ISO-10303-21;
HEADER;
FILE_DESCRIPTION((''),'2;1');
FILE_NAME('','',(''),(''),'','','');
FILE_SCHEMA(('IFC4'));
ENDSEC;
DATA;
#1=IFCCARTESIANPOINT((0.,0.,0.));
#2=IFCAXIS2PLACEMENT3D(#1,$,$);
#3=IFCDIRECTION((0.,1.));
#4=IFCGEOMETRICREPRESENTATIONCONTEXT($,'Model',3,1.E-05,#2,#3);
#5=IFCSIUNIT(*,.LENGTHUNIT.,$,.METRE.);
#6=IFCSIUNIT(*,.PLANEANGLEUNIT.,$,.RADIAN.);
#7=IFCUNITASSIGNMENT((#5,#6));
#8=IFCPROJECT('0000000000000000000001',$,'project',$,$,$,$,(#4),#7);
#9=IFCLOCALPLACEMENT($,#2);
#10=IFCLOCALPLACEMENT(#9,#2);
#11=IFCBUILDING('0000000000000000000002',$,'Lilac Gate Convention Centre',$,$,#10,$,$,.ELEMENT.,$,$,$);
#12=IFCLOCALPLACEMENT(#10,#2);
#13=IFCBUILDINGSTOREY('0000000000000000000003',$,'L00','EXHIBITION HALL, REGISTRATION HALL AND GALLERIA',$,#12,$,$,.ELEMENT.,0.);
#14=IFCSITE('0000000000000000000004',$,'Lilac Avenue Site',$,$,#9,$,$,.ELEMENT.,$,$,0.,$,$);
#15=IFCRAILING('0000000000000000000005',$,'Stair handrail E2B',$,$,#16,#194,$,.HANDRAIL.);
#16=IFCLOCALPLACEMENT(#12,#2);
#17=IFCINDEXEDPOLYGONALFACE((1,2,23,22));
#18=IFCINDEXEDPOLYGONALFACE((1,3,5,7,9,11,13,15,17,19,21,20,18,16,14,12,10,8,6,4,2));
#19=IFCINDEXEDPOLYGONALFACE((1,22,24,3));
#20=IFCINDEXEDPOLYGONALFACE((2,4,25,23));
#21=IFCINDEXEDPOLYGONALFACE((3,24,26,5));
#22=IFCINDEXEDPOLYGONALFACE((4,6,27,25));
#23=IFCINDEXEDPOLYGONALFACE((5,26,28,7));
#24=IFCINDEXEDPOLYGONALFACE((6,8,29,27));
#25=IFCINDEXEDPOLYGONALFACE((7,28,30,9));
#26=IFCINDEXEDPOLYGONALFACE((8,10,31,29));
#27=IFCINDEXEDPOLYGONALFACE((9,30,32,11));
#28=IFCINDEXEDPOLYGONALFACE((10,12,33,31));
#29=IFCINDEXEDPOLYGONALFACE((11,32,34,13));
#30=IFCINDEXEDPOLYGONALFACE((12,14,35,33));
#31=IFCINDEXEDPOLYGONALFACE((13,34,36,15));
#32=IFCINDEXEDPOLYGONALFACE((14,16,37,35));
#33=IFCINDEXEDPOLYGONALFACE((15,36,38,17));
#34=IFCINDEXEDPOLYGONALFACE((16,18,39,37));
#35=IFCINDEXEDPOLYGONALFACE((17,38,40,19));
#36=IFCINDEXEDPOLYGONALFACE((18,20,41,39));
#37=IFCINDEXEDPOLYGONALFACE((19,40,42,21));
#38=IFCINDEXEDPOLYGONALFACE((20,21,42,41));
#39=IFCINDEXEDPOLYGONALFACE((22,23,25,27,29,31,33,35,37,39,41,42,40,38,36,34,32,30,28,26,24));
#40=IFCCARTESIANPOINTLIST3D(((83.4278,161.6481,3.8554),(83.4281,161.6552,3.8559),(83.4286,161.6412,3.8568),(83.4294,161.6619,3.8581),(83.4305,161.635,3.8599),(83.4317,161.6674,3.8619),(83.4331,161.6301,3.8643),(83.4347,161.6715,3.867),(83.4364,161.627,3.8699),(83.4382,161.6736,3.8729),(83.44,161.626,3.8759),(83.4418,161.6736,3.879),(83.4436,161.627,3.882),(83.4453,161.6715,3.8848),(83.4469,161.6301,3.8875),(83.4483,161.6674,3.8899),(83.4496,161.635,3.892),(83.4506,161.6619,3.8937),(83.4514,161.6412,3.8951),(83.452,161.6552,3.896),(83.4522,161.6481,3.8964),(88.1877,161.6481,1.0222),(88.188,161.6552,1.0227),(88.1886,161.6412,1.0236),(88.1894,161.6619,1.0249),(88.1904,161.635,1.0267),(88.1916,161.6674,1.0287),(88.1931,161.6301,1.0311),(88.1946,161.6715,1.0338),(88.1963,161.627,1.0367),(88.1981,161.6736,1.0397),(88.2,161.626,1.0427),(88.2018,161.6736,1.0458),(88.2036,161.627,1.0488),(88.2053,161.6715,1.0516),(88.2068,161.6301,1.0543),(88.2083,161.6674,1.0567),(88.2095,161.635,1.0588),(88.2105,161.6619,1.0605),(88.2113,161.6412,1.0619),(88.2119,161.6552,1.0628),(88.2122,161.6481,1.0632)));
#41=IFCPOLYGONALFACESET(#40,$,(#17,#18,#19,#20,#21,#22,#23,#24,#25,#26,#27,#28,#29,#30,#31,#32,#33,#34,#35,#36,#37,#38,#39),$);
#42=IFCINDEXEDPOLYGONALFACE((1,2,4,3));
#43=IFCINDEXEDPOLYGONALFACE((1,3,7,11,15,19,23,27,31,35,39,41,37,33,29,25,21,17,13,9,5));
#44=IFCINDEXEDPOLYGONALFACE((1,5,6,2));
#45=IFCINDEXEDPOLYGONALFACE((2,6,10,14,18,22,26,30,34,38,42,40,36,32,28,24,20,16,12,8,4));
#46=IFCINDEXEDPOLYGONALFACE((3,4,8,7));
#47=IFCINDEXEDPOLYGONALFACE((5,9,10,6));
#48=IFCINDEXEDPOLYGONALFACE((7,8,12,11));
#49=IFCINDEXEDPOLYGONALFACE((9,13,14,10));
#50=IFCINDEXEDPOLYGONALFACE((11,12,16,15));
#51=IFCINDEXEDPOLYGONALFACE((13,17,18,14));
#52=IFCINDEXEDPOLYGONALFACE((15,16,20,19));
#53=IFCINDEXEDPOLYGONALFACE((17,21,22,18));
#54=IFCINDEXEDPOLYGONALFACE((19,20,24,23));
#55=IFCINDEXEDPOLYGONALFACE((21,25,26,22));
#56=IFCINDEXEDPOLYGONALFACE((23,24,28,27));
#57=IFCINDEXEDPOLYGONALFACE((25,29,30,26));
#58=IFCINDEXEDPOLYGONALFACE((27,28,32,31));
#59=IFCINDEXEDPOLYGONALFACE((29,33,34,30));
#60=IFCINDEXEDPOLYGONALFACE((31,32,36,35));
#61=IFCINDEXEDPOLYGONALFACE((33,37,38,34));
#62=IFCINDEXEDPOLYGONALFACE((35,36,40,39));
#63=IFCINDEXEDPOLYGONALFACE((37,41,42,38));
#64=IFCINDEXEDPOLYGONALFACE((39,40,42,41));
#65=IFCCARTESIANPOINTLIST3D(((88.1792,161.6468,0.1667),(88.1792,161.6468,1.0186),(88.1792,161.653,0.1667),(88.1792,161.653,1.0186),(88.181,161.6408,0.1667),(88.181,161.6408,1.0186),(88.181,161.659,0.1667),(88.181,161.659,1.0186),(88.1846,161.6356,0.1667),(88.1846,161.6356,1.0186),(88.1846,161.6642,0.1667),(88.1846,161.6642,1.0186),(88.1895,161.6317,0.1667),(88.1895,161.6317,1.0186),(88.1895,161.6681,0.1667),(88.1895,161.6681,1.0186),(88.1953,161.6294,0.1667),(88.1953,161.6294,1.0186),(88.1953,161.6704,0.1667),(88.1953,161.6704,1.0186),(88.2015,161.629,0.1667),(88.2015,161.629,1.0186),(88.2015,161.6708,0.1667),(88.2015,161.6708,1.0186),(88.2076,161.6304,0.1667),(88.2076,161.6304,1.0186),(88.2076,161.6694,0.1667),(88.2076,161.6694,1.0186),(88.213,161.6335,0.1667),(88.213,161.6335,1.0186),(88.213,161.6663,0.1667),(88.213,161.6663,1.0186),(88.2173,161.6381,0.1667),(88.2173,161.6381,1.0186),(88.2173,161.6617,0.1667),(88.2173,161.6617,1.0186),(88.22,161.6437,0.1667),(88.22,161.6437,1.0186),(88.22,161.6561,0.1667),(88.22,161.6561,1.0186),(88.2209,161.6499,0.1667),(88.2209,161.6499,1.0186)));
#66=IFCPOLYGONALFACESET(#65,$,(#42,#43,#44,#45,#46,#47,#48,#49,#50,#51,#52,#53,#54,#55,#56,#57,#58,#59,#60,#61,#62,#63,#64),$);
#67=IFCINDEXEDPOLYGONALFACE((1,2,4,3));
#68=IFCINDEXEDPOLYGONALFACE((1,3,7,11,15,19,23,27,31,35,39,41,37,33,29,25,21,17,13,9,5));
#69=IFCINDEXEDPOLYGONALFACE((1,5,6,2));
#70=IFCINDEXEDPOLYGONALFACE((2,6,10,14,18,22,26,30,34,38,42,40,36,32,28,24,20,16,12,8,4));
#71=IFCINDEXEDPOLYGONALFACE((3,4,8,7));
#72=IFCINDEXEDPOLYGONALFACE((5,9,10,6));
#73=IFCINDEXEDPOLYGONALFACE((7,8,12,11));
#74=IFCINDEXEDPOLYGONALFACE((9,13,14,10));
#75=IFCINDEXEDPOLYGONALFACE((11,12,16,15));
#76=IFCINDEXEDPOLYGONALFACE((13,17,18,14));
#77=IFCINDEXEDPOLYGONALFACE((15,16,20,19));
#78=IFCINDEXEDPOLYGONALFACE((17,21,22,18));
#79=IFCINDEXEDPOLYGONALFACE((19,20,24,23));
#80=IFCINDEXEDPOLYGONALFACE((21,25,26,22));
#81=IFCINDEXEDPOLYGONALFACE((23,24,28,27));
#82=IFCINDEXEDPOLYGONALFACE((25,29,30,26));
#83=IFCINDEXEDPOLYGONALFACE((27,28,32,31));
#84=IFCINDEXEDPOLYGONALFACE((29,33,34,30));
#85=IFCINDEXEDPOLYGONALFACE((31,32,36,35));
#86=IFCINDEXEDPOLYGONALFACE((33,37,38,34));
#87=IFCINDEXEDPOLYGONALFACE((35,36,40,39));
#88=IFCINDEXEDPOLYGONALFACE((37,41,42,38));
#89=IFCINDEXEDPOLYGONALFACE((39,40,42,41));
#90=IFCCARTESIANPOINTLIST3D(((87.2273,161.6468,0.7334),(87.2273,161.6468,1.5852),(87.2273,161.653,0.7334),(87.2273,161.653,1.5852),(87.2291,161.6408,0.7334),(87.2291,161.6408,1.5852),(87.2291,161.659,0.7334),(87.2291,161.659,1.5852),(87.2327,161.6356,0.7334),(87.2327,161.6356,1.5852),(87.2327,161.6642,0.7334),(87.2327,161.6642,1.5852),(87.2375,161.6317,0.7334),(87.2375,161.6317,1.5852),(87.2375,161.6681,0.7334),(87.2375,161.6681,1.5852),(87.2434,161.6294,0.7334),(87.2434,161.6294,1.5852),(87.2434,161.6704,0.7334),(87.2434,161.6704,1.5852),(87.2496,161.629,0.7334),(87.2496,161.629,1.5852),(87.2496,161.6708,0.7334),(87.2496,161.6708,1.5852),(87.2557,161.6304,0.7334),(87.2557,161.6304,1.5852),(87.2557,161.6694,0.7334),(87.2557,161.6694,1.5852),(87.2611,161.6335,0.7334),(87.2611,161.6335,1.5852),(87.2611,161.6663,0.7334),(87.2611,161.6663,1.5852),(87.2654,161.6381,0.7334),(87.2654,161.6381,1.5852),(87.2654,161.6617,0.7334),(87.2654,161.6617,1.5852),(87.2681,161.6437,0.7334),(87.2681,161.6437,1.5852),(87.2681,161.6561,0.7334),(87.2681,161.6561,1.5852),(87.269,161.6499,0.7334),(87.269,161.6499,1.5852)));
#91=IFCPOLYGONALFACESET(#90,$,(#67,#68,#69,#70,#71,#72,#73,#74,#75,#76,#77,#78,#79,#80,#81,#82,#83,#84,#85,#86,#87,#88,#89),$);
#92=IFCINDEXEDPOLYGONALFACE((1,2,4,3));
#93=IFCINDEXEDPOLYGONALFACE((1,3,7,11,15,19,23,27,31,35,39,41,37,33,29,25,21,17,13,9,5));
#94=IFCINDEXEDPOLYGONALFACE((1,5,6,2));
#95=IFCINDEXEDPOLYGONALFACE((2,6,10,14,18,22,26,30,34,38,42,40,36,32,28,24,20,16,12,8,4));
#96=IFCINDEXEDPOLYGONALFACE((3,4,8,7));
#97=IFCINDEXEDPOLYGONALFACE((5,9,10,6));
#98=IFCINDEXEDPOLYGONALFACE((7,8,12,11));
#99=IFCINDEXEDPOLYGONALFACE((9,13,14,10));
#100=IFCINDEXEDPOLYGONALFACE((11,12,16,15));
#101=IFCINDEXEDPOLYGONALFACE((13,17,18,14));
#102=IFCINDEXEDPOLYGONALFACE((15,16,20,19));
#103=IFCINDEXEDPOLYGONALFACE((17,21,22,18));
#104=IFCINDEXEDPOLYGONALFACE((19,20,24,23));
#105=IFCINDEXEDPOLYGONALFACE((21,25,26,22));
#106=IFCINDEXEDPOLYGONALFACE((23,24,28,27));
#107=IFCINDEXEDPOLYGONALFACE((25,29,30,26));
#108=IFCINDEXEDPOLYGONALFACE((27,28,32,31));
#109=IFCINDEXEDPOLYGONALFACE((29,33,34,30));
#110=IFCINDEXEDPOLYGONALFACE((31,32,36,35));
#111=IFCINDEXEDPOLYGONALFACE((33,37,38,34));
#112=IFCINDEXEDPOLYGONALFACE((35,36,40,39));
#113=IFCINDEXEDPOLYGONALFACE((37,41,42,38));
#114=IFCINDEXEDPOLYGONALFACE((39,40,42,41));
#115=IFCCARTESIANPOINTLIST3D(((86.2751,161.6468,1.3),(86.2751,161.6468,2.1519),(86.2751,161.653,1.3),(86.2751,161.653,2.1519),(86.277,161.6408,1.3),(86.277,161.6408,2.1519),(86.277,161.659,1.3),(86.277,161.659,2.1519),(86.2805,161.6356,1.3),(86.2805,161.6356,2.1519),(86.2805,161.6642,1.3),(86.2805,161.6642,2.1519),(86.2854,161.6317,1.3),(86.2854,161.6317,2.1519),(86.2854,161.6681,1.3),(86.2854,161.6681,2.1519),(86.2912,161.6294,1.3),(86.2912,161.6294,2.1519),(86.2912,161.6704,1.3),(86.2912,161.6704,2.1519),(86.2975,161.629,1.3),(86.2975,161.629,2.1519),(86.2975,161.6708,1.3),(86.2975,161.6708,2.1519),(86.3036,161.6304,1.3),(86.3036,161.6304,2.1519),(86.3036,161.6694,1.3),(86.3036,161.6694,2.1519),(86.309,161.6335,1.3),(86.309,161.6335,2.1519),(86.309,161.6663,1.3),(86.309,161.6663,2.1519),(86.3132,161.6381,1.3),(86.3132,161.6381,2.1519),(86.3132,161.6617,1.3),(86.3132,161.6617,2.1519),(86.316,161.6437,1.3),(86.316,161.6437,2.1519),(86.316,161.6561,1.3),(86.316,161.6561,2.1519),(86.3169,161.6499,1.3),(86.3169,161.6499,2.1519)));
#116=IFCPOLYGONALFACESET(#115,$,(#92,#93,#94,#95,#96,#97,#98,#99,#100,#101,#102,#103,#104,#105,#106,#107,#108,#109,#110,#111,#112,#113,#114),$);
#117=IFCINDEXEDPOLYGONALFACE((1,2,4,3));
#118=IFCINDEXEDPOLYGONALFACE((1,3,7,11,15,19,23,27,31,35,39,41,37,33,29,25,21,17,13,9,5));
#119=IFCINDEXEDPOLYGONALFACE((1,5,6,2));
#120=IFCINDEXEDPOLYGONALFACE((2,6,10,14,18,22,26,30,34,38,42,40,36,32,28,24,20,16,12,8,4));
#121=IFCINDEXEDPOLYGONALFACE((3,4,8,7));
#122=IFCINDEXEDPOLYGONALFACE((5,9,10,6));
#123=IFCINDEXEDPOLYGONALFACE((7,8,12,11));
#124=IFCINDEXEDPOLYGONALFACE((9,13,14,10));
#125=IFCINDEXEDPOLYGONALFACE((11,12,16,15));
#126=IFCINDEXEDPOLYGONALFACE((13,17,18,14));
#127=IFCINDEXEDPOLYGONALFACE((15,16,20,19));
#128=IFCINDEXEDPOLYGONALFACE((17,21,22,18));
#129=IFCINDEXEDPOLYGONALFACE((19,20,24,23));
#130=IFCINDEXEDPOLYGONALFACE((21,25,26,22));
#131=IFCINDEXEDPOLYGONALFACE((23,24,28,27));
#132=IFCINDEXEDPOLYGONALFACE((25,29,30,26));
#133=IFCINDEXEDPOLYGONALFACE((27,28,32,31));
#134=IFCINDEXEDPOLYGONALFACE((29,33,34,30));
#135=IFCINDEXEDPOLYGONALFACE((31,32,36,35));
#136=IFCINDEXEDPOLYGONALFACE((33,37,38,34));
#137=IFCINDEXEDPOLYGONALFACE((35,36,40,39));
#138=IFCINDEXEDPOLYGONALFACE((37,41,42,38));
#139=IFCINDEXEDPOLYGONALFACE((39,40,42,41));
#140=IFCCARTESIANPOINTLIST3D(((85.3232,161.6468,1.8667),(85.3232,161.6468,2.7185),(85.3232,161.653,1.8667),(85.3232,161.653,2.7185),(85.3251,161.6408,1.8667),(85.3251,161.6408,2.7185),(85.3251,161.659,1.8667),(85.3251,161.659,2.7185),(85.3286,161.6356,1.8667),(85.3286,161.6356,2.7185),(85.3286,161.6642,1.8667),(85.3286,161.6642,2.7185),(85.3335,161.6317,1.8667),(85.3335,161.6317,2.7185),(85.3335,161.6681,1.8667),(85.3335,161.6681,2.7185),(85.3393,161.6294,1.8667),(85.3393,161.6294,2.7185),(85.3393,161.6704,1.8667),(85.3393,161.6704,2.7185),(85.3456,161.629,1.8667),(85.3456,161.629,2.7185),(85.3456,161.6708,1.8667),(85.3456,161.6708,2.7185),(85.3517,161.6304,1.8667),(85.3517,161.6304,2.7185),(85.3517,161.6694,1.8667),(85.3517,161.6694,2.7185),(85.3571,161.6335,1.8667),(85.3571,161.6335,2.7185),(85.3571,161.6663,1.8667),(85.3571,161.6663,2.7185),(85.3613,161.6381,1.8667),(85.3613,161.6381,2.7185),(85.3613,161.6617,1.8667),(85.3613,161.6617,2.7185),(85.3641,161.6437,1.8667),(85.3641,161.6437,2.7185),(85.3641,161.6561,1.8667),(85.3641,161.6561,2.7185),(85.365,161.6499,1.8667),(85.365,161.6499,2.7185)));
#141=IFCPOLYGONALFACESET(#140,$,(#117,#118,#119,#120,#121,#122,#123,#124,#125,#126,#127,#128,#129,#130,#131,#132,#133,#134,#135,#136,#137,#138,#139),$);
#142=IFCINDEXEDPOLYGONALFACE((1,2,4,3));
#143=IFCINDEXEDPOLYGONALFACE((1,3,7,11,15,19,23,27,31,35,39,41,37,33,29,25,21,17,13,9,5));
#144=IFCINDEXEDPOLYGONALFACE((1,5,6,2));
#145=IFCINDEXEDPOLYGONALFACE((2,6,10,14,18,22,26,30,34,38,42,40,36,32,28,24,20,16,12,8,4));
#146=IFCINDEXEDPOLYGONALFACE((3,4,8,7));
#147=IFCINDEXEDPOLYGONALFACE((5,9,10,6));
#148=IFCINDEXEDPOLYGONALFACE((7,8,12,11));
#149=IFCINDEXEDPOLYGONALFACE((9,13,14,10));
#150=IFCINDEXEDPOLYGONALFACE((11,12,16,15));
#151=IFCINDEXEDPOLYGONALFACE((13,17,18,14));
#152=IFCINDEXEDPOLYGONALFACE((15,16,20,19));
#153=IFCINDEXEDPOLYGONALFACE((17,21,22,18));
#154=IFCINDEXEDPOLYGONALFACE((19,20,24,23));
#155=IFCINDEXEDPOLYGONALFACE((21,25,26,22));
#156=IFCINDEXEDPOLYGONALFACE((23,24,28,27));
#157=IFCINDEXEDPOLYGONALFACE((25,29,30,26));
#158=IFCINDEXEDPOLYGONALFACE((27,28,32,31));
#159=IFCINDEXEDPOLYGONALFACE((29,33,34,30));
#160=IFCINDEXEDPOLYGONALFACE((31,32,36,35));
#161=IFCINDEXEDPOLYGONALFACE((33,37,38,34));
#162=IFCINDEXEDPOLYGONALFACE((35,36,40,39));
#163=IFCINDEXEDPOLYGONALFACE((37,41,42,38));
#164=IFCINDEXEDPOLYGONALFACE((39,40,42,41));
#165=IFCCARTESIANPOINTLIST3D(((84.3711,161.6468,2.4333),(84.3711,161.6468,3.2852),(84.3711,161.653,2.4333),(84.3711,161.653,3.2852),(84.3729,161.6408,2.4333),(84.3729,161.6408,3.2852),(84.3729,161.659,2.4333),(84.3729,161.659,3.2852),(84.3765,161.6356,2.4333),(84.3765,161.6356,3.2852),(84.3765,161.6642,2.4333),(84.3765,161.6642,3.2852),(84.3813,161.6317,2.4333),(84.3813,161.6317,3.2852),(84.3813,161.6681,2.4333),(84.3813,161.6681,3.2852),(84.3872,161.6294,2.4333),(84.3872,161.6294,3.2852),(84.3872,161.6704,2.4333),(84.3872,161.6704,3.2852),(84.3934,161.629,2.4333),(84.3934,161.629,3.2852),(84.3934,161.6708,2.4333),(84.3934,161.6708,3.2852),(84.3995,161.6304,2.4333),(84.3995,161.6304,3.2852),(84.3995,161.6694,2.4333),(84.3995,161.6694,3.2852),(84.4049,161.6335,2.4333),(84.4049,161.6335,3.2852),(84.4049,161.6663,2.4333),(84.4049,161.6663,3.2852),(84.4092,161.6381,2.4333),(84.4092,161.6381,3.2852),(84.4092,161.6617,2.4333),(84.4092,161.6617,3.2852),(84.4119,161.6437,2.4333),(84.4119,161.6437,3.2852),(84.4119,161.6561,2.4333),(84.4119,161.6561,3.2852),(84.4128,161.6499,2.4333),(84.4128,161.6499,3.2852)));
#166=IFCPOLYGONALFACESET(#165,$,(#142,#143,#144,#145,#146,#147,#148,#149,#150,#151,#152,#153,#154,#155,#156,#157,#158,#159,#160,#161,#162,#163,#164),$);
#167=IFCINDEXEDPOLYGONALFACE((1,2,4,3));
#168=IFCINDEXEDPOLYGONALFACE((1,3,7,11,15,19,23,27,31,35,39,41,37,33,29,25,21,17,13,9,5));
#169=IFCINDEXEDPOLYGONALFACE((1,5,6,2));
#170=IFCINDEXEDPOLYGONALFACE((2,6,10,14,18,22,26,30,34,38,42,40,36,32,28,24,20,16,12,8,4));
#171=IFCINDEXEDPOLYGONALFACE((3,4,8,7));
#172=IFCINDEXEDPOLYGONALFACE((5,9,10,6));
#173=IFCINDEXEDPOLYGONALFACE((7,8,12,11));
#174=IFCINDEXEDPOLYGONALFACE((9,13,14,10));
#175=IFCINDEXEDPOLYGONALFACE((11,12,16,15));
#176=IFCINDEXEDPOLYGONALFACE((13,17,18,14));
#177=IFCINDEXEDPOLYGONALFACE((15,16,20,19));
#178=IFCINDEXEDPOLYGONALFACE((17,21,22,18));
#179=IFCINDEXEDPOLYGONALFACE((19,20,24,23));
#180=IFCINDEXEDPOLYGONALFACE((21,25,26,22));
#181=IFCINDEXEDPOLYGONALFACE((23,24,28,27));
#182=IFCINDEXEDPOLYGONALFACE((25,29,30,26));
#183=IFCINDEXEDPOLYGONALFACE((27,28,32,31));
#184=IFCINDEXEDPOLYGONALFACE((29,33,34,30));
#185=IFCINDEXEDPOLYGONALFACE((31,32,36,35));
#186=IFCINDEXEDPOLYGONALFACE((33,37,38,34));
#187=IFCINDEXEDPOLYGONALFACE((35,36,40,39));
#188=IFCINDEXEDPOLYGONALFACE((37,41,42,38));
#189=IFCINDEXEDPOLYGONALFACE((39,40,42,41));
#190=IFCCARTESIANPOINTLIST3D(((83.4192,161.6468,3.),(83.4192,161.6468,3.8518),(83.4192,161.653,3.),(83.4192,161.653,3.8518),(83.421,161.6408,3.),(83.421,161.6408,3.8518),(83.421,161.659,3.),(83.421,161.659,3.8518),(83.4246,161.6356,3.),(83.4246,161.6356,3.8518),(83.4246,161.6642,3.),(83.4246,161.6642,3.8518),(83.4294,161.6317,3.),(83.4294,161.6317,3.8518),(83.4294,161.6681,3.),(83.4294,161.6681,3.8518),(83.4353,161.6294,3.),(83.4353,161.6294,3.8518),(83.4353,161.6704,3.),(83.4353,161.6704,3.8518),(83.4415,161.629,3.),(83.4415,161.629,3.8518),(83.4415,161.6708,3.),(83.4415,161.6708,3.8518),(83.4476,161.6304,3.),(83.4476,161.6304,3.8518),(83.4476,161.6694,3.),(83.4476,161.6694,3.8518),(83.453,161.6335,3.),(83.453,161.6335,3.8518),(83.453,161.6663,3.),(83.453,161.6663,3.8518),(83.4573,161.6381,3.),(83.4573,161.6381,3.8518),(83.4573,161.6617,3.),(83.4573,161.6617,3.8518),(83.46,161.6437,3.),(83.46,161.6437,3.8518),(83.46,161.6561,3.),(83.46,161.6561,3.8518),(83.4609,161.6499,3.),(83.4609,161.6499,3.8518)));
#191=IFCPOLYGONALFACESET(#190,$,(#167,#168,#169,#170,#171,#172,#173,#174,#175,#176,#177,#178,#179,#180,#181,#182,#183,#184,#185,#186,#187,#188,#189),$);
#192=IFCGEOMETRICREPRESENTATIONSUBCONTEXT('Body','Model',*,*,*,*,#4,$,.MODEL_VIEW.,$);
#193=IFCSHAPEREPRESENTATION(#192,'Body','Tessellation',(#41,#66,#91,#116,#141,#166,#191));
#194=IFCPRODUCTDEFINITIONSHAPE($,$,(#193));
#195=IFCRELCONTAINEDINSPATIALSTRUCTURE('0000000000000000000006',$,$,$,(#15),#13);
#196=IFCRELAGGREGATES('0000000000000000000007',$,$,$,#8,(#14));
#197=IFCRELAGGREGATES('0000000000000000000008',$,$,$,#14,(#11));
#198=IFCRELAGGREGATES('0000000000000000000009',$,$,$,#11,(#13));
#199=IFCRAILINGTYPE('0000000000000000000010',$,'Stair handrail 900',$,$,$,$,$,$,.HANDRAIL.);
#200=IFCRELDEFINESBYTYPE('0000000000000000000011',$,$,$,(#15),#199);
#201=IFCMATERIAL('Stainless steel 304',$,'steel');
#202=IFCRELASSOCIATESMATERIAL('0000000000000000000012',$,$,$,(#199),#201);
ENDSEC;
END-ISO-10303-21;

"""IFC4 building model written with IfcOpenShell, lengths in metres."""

from ifc_helpers import new_model, si_unit, direction, frame, origin, origin_2d, place, context, subcontext, project, spatial, circle, extrude, material, type_object, element, save


model = new_model("IFC4")

# Units and contexts
model_context = context("Model", 3, precision=1e-05, world=origin(), true_north=direction((0.0, 1.0)))
body_context = subcontext(model_context, "Body", "Model", "MODEL_VIEW")
ifc_project = project(units=[si_unit("LENGTHUNIT", "METRE"), si_unit("PLANEANGLEUNIT", "RADIAN")], contexts=[model_context])

# Site, building, storey
site_placement = place(None, origin())
site = spatial("IfcSite", under=ifc_project, at=site_placement, Name="Lilac Avenue Site", CompositionType="ELEMENT", RefElevation=0.0)
building_placement = place(site_placement, origin())
building = spatial("IfcBuilding", under=site, at=building_placement, Name="Lilac Gate Convention Centre", CompositionType="ELEMENT")
storey_placement = place(building_placement, origin())
storey = spatial("IfcBuildingStorey", under=building, at=storey_placement, Name="L00", Description="EXHIBITION HALL, REGISTRATION HALL AND GALLERIA", CompositionType="ELEMENT", Elevation=0.0)

# Railing
ifc_material_1 = material(Name="Stainless steel 304", Category="steel")
railing_type_1 = type_object("IfcRailingType", Name="Stair handrail 900", PredefinedType="HANDRAIL", material=ifc_material_1)
for number, where, name in (
    (1, (88.2, 161.6499, 0.1667), "Stair handrail E2B"),
):
    element("IfcRailing", number, at=place(storey_placement, frame(where)), inside=storey, type_object=railing_type_1, Name=name, PredefinedType="HANDRAIL", context=body_context, shape_type="SweptSolid", body=[
        extrude(circle(Radius=0.0239, at=origin_2d()), frame((0.0, 0.0, 0.876), z_axis=(-0.8593, 0.0, 0.511472), x_axis=(0.0, -1.0, 0.0)), (0.0, 0.0, 1.0), 5.5393),
        extrude(circle(Radius=0.021, at=origin_2d()), origin(), (0.0, 0.0, 1.0), 0.8518),
        extrude(circle(Radius=0.021, at=origin_2d()), frame((-0.9519, 0.0, 0.5667)), (0.0, 0.0, 1.0), 0.8518),
        extrude(circle(Radius=0.021, at=origin_2d()), frame((-1.9041, 0.0, 1.1333)), (0.0, 0.0, 1.0), 0.8518),
        extrude(circle(Radius=0.021, at=origin_2d()), frame((-2.856, 0.0, 1.7)), (0.0, 0.0, 1.0), 0.8518),
        extrude(circle(Radius=0.021, at=origin_2d()), frame((-3.8081, 0.0, 2.2666)), (0.0, 0.0, 1.0), 0.8518),
        extrude(circle(Radius=0.021, at=origin_2d()), frame((-4.76, 0.0, 2.8333)), (0.0, 0.0, 1.0), 0.8518),
    ])

save(model, "model.ifc")
